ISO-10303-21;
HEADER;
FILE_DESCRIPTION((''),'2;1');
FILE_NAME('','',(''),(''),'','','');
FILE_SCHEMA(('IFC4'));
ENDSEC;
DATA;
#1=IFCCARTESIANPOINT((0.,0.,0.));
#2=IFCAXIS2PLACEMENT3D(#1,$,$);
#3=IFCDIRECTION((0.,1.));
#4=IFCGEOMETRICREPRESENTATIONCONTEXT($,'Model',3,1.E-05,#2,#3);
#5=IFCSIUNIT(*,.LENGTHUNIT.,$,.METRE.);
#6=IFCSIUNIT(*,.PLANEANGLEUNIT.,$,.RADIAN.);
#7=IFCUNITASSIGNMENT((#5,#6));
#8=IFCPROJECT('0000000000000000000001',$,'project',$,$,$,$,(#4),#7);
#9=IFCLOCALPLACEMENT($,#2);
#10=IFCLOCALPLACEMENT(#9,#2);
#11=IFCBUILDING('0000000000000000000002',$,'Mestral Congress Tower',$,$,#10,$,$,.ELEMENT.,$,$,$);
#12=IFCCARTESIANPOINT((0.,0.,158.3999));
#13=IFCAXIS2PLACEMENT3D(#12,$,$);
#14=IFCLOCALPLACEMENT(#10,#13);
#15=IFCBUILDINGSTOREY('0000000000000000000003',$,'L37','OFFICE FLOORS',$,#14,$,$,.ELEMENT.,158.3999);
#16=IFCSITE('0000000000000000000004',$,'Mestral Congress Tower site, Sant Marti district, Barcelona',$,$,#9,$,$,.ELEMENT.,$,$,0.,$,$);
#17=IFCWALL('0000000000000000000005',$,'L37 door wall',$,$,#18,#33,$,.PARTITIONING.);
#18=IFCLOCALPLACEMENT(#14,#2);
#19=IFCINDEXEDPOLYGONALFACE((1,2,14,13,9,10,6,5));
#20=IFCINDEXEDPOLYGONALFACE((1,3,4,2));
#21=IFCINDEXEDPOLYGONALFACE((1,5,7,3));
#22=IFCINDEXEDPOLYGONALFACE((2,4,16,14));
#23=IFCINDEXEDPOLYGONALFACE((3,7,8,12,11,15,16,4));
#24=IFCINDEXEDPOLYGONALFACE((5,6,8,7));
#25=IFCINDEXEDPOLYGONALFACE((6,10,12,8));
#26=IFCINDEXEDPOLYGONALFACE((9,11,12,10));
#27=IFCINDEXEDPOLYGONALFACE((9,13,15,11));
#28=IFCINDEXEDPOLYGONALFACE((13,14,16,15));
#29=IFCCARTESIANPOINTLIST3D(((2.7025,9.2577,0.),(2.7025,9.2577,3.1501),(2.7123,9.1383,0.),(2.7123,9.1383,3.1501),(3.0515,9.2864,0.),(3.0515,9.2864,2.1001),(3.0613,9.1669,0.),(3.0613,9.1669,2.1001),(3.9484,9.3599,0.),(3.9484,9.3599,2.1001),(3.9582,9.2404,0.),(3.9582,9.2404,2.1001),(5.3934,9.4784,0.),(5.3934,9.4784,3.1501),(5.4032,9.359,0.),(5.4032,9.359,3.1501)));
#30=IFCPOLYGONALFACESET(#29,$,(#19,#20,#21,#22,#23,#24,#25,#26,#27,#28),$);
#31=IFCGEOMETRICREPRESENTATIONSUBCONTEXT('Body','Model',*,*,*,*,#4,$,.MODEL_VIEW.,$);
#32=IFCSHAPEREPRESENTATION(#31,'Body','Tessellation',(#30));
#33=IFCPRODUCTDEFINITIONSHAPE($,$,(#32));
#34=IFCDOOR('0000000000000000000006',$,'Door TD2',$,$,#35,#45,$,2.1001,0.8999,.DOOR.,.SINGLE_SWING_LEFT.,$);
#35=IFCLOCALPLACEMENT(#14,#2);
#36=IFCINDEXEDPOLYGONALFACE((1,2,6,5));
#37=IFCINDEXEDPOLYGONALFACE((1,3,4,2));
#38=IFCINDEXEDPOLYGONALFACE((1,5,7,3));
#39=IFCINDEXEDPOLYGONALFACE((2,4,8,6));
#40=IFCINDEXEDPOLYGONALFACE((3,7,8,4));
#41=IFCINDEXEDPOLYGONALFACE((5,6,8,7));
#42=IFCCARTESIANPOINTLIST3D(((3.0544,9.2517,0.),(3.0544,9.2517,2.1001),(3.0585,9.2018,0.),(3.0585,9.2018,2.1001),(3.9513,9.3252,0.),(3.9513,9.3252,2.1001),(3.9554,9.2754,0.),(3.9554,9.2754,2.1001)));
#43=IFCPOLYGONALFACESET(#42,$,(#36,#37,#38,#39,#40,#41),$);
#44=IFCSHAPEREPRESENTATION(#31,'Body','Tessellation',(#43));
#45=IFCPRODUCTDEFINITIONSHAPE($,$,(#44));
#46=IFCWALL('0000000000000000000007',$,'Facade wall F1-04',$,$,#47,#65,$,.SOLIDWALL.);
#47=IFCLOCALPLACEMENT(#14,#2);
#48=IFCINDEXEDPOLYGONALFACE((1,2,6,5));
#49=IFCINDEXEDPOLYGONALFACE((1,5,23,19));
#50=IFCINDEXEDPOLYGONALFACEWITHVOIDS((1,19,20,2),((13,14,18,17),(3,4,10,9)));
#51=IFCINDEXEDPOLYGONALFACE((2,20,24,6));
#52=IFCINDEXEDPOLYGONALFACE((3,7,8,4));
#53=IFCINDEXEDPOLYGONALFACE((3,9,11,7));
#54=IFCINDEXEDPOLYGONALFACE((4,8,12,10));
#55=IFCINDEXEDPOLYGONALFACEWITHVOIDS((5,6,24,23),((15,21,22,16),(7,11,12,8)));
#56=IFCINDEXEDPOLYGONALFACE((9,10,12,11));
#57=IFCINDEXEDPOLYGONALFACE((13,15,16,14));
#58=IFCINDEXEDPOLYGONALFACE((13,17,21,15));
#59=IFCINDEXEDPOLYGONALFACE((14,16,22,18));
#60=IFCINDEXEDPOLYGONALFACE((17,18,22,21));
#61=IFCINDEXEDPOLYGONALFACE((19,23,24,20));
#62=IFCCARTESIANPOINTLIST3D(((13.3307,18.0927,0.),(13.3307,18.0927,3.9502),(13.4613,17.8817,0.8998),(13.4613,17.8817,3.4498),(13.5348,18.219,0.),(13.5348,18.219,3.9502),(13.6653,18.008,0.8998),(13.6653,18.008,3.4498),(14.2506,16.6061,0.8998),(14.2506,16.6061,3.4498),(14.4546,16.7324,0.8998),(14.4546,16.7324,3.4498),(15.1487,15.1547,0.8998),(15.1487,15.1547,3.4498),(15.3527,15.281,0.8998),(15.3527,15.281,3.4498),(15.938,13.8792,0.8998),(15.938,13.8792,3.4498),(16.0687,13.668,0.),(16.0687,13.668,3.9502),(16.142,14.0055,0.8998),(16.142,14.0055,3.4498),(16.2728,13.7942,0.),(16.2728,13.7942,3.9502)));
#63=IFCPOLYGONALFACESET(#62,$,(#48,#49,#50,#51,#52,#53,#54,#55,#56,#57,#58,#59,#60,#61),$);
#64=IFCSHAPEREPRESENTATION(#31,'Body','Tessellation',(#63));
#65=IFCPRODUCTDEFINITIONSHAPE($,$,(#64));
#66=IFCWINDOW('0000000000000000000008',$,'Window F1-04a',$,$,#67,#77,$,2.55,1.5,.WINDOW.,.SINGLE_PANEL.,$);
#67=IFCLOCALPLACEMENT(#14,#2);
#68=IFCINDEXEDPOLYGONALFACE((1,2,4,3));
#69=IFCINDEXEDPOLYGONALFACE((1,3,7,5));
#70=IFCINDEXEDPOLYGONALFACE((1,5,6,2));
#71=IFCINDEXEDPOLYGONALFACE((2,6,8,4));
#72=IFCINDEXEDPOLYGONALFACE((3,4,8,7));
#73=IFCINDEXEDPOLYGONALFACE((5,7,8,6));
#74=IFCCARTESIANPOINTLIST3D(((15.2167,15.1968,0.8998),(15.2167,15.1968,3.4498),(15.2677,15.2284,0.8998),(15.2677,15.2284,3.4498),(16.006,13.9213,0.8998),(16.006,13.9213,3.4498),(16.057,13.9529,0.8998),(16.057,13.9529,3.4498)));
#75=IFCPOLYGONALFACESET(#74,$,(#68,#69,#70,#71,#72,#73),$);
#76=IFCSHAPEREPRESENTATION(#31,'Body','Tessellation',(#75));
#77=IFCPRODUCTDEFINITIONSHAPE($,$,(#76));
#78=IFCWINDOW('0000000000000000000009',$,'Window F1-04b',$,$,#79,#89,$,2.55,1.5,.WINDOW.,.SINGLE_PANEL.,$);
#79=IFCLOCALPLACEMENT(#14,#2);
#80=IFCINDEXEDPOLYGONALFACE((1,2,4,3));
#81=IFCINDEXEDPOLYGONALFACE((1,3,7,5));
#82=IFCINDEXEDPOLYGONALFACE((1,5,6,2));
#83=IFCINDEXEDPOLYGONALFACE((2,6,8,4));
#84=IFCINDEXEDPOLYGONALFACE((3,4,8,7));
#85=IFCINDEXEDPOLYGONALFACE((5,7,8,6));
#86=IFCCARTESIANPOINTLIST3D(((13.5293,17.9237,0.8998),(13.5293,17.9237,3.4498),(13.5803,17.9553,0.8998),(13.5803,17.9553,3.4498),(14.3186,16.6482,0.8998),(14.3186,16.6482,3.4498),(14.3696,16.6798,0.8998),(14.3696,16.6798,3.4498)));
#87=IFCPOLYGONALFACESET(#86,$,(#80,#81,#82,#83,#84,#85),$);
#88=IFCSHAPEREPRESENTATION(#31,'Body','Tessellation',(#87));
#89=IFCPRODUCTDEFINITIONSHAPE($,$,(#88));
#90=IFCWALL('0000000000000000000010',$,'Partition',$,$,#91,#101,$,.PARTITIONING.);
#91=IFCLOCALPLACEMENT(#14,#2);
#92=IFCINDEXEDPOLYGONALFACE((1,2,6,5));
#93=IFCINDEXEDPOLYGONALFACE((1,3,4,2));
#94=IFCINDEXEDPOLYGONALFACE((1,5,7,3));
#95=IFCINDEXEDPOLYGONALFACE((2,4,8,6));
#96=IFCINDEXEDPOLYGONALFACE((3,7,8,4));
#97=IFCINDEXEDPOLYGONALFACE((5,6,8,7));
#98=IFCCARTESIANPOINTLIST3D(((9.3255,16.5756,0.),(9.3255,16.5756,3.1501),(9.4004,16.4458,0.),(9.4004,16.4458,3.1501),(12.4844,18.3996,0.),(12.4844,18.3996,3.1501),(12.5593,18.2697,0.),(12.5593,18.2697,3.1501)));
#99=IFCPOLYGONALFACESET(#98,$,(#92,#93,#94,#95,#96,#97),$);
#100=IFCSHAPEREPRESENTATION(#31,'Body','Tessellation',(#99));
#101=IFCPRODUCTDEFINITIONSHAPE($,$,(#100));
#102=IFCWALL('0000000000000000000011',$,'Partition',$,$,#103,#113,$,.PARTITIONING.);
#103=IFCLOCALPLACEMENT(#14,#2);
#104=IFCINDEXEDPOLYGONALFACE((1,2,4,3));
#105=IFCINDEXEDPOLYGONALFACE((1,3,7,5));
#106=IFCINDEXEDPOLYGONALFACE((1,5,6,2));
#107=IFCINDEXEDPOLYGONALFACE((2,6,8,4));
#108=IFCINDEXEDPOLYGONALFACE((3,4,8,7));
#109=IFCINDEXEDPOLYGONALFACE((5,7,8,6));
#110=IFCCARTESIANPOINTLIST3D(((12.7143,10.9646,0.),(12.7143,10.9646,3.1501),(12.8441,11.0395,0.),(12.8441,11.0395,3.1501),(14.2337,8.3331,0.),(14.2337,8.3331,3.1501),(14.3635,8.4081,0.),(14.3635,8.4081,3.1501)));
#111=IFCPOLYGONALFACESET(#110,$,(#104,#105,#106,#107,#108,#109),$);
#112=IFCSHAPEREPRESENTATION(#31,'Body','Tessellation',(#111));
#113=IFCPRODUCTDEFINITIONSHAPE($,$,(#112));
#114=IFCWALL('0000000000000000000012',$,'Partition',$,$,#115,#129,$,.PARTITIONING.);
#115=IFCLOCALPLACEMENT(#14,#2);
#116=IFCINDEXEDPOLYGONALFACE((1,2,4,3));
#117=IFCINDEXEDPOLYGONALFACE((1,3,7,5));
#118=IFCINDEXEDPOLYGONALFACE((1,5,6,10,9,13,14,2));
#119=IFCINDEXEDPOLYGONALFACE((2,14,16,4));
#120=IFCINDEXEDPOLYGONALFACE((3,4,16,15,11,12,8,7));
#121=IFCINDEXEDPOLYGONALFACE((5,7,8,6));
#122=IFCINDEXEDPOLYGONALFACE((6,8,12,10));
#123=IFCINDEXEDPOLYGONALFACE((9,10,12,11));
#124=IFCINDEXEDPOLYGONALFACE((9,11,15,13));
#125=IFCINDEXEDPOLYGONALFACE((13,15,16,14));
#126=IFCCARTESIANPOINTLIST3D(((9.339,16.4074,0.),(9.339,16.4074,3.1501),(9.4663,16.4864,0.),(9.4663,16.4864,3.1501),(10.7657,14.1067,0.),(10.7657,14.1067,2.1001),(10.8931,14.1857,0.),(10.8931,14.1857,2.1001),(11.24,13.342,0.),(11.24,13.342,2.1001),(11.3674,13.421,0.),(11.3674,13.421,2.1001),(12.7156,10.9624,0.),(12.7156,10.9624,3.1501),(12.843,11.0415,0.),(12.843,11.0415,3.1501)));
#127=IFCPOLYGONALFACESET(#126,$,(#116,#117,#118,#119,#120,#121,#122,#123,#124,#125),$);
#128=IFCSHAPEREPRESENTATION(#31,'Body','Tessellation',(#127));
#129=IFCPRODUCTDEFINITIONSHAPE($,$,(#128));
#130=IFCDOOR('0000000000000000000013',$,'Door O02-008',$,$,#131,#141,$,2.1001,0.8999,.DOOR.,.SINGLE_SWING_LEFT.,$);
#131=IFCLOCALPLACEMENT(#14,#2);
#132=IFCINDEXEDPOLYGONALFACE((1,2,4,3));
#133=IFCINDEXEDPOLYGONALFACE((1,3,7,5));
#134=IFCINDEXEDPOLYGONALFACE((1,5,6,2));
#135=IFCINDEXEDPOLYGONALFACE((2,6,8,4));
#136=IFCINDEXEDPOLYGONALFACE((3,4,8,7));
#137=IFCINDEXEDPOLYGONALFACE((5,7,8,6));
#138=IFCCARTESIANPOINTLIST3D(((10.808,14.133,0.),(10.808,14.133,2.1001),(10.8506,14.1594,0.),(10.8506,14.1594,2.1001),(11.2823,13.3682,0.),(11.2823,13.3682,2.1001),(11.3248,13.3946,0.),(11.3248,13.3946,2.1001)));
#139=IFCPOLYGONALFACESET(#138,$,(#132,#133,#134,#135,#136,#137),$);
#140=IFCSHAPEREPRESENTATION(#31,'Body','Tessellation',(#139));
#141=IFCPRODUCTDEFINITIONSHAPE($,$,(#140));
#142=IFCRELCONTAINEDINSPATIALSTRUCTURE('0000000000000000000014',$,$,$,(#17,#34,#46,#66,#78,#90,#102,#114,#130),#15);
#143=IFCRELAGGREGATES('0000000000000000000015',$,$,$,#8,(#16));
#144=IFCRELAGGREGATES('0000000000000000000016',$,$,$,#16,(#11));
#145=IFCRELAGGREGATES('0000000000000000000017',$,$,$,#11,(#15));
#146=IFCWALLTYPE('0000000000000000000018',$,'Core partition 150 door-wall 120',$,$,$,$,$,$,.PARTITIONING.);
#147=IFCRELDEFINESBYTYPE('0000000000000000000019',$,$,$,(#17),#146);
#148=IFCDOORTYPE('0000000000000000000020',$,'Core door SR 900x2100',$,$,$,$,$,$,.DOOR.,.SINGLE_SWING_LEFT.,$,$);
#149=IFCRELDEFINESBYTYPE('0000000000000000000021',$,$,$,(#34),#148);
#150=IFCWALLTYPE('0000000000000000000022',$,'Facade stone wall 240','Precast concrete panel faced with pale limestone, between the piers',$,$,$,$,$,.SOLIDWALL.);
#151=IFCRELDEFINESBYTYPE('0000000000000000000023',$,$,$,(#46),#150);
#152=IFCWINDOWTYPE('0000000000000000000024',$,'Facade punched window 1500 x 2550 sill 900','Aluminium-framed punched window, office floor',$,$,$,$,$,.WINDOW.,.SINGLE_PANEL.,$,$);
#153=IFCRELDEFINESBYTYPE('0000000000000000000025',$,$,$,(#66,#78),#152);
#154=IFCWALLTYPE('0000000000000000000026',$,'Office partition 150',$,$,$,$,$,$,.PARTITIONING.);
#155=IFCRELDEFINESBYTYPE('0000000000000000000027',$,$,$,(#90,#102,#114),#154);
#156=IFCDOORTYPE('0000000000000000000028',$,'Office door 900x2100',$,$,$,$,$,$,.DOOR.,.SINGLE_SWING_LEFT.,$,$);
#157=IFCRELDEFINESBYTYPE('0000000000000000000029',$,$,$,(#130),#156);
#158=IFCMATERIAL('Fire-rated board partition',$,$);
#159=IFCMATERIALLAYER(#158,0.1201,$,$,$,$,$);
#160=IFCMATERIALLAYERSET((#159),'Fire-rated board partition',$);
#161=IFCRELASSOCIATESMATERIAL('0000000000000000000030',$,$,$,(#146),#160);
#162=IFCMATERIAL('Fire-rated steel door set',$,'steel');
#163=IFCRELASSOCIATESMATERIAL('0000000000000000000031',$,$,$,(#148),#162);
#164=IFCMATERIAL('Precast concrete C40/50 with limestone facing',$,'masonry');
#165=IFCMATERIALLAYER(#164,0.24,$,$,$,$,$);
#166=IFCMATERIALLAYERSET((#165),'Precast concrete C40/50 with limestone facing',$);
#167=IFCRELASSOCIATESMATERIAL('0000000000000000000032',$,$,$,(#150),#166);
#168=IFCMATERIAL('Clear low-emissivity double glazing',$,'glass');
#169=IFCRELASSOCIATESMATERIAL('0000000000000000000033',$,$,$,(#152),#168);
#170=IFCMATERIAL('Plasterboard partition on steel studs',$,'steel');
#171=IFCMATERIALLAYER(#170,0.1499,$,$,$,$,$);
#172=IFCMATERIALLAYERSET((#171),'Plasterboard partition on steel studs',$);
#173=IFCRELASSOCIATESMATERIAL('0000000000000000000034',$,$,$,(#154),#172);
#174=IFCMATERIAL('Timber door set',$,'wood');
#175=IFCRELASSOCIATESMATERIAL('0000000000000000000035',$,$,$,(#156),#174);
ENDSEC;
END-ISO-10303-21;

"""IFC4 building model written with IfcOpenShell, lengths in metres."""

from ifc_helpers import new_model, si_unit, direction, frame, frame_2d, origin, place, context, subcontext, project, spatial, rectangle, extrude, material, layer, layer_set, type_object, element, fill, save


model = new_model("IFC4")

# Units and contexts
model_context = context("Model", 3, precision=1e-05, world=origin(), true_north=direction((0.0, 1.0)))
body_context = subcontext(model_context, "Body", "Model", "MODEL_VIEW")
ifc_project = project(units=[si_unit("LENGTHUNIT", "METRE"), si_unit("PLANEANGLEUNIT", "RADIAN")], contexts=[model_context])

# Site, building, storey
site_placement = place(None, origin())
site = spatial("IfcSite", under=ifc_project, at=site_placement, Name="Mestral Congress Tower site, Sant Marti district, Barcelona", CompositionType="ELEMENT", RefElevation=0.0)
building_placement = place(site_placement, origin())
building = spatial("IfcBuilding", under=site, at=building_placement, Name="Mestral Congress Tower", CompositionType="ELEMENT")
storey_placement = place(building_placement, frame((0.0, 0.0, 158.3999)))
storey = spatial("IfcBuildingStorey", under=building, at=storey_placement, Name="L37", Description="OFFICE FLOORS", CompositionType="ELEMENT", Elevation=158.3999)

# Shared definitions
ifc_material_1 = material(Name="Fire-rated board partition")

# Wall, opening, door
ifc_layer_1 = layer(ifc_material_1, 0.1201)
ifc_layer_set_1 = layer_set([ifc_layer_1], Name="Fire-rated board partition")
wall_type_1 = type_object("IfcWallType", Name="Core partition 150 door-wall 120", PredefinedType="PARTITIONING", material=ifc_layer_set_1)
wall_1_placement = place(storey_placement, frame((5.3984, 9.4187, 0.0), z_axis=(0.0, 0.0, 1.0), x_axis=(-0.996653, -0.081743, 0.0)))
wall_1 = element("IfcWall", 1, at=wall_1_placement, inside=storey, type_object=wall_type_1, Name="L37 door wall", PredefinedType="PARTITIONING", context=body_context, shape_type="SweptSolid", body=[
    extrude(rectangle(XDim=2.7, YDim=0.1199, at=frame_2d((1.3501, 0.0))), origin(), (0.0, 0.0, 1.0), 3.1501),
])
opening_1_placement = place(wall_1_placement, frame((1.45, 0.0, 0.0)))
opening_1 = element("IfcOpeningElement", 2, at=opening_1_placement, cuts=wall_1, PredefinedType="OPENING", context=body_context, shape_type="SweptSolid", body=[
    extrude(rectangle(XDim=0.8999, YDim=2.1001, at=frame_2d((0.45, 1.05))), frame((0.0, 0.0698, 0.0), z_axis=(0.0, -1.0, 0.0), x_axis=(1.0, 0.0, 0.0)), (0.0, 0.0, 1.0), 0.1399),
])
ifc_material_2 = material(Name="Fire-rated steel door set", Category="steel")
door_type_1 = type_object("IfcDoorType", Name="Core door SR 900x2100", OperationType="SINGLE_SWING_LEFT", PredefinedType="DOOR", material=ifc_material_2)
door_1_placement = place(opening_1_placement, origin())
door_1 = element("IfcDoor", 3, at=door_1_placement, inside=storey, type_object=door_type_1, Name="Door TD2", OperationType="SINGLE_SWING_LEFT", OverallHeight=2.1001, OverallWidth=0.8999, PredefinedType="DOOR", context=body_context, shape_type="SweptSolid", body=[
    extrude(rectangle(XDim=0.8999, YDim=2.1001, at=frame_2d((0.45, 1.05))), frame((0.0, 0.0249, 0.0), z_axis=(0.0, -1.0, 0.0), x_axis=(1.0, 0.0, 0.0)), (0.0, 0.0, 1.0), 0.05),
])
fill(opening_1, door_1)

# Wall, openings, windows
ifc_material_3 = material(Name="Precast concrete C40/50 with limestone facing", Category="masonry")
ifc_layer_2 = layer(ifc_material_3, 0.24)
ifc_layer_set_2 = layer_set([ifc_layer_2], Name="Precast concrete C40/50 with limestone facing")
wall_type_2 = type_object("IfcWallType", Name="Facade stone wall 240", Description="Precast concrete panel faced with pale limestone, between the piers", PredefinedType="SOLIDWALL", material=ifc_layer_set_2)
wall_2_placement = place(storey_placement, frame((16.1707, 13.7312, 0.0), z_axis=(0.0, 0.0, 1.0), x_axis=(-0.526198, 0.850362, 0.0)))
wall_2 = element("IfcWall", 4, at=wall_2_placement, inside=storey, type_object=wall_type_2, Name="Facade wall F1-04", PredefinedType="SOLIDWALL", context=body_context, shape_type="SweptSolid", body=[
    extrude(rectangle(XDim=5.2034, YDim=0.24, at=frame_2d((2.6016, 0.0))), origin(), (0.0, 0.0, 1.0), 3.9502),
])
opening_2_placement = place(wall_2_placement, frame((0.2483, 0.0, 0.8999)))
opening_2 = element("IfcOpeningElement", 5, at=opening_2_placement, cuts=wall_2, PredefinedType="OPENING", context=body_context, shape_type="SweptSolid", body=[
    extrude(rectangle(XDim=1.5, YDim=2.55, at=frame_2d((0.75, 1.2749))), frame((0.0, 0.1299, 0.0), z_axis=(0.0, -1.0, 0.0), x_axis=(1.0, 0.0, 0.0)), (0.0, 0.0, 1.0), 0.26),
])
opening_3_placement = place(wall_2_placement, frame((3.4551, 0.0, 0.8999)))
opening_3 = element("IfcOpeningElement", 6, at=opening_3_placement, cuts=wall_2, PredefinedType="OPENING", context=body_context, shape_type="SweptSolid", body=[
    extrude(rectangle(XDim=1.5, YDim=2.55, at=frame_2d((0.75, 1.2749))), frame((0.0, 0.1299, 0.0), z_axis=(0.0, -1.0, 0.0), x_axis=(1.0, 0.0, 0.0)), (0.0, 0.0, 1.0), 0.26),
])
ifc_material_4 = material(Name="Clear low-emissivity double glazing", Category="glass")
window_type = type_object("IfcWindowType", Name="Facade punched window 1500 x 2550 sill 900", Description="Aluminium-framed punched window, office floor", PartitioningType="SINGLE_PANEL", PredefinedType="WINDOW", material=ifc_material_4)
window_1_placement = place(opening_2_placement, origin())
window_1 = element("IfcWindow", 7, at=window_1_placement, inside=storey, type_object=window_type, Name="Window F1-04a", OverallHeight=2.55, OverallWidth=1.5, PartitioningType="SINGLE_PANEL", PredefinedType="WINDOW", context=body_context, shape_type="SweptSolid", body=[
    extrude(rectangle(XDim=1.5, YDim=2.55, at=frame_2d((0.75, 1.2749))), frame((0.0, 0.04, 0.0), z_axis=(0.0, -1.0, 0.0), x_axis=(1.0, 0.0, 0.0)), (0.0, 0.0, 1.0), 0.0601),
])
fill(opening_2, window_1)
window_2_placement = place(opening_3_placement, origin())
window_2 = element("IfcWindow", 8, at=window_2_placement, inside=storey, type_object=window_type, Name="Window F1-04b", OverallHeight=2.55, OverallWidth=1.5, PartitioningType="SINGLE_PANEL", PredefinedType="WINDOW", context=body_context, shape_type="SweptSolid", body=[
    extrude(rectangle(XDim=1.5, YDim=2.55, at=frame_2d((0.75, 1.2749))), frame((0.0, 0.04, 0.0), z_axis=(0.0, -1.0, 0.0), x_axis=(1.0, 0.0, 0.0)), (0.0, 0.0, 1.0), 0.0601),
])
fill(opening_3, window_2)

# Walls
ifc_material_5 = material(Name="Plasterboard partition on steel studs", Category="steel")
ifc_layer_3 = layer(ifc_material_5, 0.1499)
ifc_layer_set_3 = layer_set([ifc_layer_3], Name="Plasterboard partition on steel studs")
wall_type_3 = type_object("IfcWallType", Name="Office partition 150", PredefinedType="PARTITIONING", material=ifc_layer_set_3)
wall_3_placement = place(storey_placement, frame((9.363, 16.5107, 0.0), z_axis=(0.0, 0.0, 1.0), x_axis=(0.866006, 0.500033, 0.0)))
element("IfcWall", 9, at=wall_3_placement, inside=storey, type_object=wall_type_3, Name="Partition", PredefinedType="PARTITIONING", context=body_context, shape_type="SweptSolid", body=[
    extrude(rectangle(XDim=3.6477, YDim=0.1499, at=frame_2d((1.8237, 0.0))), origin(), (0.0, 0.0, 1.0), 3.1501),
])
wall_4_placement = place(storey_placement, frame((14.2986, 8.3706, 0.0), z_axis=(0.0, 0.0, 1.0), x_axis=(-0.500019, 0.866014, 0.0)))
element("IfcWall", 10, at=wall_4_placement, inside=storey, type_object=wall_type_3, Name="Partition", PredefinedType="PARTITIONING", context=body_context, shape_type="SweptSolid", body=[
    extrude(rectangle(XDim=3.0386, YDim=0.1499, at=frame_2d((1.5193, 0.0))), origin(), (0.0, 0.0, 1.0), 3.1501),
])

# Wall, opening, door
wall_5_placement = place(storey_placement, frame((9.4026, 16.447, 0.0), z_axis=(0.0, 0.0, 1.0), x_axis=(0.527026, -0.849849, 0.0)))
wall_5 = element("IfcWall", 11, at=wall_5_placement, inside=storey, type_object=wall_type_3, Name="Partition", PredefinedType="PARTITIONING", context=body_context, shape_type="SweptSolid", body=[
    extrude(rectangle(XDim=6.407, YDim=0.1499, at=frame_2d((3.2036, 0.0))), origin(), (0.0, 0.0, 1.0), 3.1501),
])
opening_4_placement = place(wall_5_placement, frame((2.7073, 0.0, 0.0)))
opening_4 = element("IfcOpeningElement", 12, at=opening_4_placement, cuts=wall_5, PredefinedType="OPENING", context=body_context, shape_type="SweptSolid", body=[
    extrude(rectangle(XDim=0.8999, YDim=2.1001, at=frame_2d((0.45, 1.05))), frame((0.0, 0.085, 0.0), z_axis=(0.0, -1.0, 0.0), x_axis=(1.0, 0.0, 0.0)), (0.0, 0.0, 1.0), 0.1699),
])
ifc_material_6 = material(Name="Timber door set", Category="wood")
door_type_2 = type_object("IfcDoorType", Name="Office door 900x2100", OperationType="SINGLE_SWING_LEFT", PredefinedType="DOOR", material=ifc_material_6)
door_2_placement = place(opening_4_placement, origin())
door_2 = element("IfcDoor", 13, at=door_2_placement, inside=storey, type_object=door_type_2, Name="Door O02-008", OperationType="SINGLE_SWING_LEFT", OverallHeight=2.1001, OverallWidth=0.8999, PredefinedType="DOOR", context=body_context, shape_type="SweptSolid", body=[
    extrude(rectangle(XDim=0.8999, YDim=2.1001, at=frame_2d((0.45, 1.05))), frame((0.0, 0.0249, 0.0), z_axis=(0.0, -1.0, 0.0), x_axis=(1.0, 0.0, 0.0)), (0.0, 0.0, 1.0), 0.05),
])
fill(opening_4, door_2)

save(model, "model.ifc")
